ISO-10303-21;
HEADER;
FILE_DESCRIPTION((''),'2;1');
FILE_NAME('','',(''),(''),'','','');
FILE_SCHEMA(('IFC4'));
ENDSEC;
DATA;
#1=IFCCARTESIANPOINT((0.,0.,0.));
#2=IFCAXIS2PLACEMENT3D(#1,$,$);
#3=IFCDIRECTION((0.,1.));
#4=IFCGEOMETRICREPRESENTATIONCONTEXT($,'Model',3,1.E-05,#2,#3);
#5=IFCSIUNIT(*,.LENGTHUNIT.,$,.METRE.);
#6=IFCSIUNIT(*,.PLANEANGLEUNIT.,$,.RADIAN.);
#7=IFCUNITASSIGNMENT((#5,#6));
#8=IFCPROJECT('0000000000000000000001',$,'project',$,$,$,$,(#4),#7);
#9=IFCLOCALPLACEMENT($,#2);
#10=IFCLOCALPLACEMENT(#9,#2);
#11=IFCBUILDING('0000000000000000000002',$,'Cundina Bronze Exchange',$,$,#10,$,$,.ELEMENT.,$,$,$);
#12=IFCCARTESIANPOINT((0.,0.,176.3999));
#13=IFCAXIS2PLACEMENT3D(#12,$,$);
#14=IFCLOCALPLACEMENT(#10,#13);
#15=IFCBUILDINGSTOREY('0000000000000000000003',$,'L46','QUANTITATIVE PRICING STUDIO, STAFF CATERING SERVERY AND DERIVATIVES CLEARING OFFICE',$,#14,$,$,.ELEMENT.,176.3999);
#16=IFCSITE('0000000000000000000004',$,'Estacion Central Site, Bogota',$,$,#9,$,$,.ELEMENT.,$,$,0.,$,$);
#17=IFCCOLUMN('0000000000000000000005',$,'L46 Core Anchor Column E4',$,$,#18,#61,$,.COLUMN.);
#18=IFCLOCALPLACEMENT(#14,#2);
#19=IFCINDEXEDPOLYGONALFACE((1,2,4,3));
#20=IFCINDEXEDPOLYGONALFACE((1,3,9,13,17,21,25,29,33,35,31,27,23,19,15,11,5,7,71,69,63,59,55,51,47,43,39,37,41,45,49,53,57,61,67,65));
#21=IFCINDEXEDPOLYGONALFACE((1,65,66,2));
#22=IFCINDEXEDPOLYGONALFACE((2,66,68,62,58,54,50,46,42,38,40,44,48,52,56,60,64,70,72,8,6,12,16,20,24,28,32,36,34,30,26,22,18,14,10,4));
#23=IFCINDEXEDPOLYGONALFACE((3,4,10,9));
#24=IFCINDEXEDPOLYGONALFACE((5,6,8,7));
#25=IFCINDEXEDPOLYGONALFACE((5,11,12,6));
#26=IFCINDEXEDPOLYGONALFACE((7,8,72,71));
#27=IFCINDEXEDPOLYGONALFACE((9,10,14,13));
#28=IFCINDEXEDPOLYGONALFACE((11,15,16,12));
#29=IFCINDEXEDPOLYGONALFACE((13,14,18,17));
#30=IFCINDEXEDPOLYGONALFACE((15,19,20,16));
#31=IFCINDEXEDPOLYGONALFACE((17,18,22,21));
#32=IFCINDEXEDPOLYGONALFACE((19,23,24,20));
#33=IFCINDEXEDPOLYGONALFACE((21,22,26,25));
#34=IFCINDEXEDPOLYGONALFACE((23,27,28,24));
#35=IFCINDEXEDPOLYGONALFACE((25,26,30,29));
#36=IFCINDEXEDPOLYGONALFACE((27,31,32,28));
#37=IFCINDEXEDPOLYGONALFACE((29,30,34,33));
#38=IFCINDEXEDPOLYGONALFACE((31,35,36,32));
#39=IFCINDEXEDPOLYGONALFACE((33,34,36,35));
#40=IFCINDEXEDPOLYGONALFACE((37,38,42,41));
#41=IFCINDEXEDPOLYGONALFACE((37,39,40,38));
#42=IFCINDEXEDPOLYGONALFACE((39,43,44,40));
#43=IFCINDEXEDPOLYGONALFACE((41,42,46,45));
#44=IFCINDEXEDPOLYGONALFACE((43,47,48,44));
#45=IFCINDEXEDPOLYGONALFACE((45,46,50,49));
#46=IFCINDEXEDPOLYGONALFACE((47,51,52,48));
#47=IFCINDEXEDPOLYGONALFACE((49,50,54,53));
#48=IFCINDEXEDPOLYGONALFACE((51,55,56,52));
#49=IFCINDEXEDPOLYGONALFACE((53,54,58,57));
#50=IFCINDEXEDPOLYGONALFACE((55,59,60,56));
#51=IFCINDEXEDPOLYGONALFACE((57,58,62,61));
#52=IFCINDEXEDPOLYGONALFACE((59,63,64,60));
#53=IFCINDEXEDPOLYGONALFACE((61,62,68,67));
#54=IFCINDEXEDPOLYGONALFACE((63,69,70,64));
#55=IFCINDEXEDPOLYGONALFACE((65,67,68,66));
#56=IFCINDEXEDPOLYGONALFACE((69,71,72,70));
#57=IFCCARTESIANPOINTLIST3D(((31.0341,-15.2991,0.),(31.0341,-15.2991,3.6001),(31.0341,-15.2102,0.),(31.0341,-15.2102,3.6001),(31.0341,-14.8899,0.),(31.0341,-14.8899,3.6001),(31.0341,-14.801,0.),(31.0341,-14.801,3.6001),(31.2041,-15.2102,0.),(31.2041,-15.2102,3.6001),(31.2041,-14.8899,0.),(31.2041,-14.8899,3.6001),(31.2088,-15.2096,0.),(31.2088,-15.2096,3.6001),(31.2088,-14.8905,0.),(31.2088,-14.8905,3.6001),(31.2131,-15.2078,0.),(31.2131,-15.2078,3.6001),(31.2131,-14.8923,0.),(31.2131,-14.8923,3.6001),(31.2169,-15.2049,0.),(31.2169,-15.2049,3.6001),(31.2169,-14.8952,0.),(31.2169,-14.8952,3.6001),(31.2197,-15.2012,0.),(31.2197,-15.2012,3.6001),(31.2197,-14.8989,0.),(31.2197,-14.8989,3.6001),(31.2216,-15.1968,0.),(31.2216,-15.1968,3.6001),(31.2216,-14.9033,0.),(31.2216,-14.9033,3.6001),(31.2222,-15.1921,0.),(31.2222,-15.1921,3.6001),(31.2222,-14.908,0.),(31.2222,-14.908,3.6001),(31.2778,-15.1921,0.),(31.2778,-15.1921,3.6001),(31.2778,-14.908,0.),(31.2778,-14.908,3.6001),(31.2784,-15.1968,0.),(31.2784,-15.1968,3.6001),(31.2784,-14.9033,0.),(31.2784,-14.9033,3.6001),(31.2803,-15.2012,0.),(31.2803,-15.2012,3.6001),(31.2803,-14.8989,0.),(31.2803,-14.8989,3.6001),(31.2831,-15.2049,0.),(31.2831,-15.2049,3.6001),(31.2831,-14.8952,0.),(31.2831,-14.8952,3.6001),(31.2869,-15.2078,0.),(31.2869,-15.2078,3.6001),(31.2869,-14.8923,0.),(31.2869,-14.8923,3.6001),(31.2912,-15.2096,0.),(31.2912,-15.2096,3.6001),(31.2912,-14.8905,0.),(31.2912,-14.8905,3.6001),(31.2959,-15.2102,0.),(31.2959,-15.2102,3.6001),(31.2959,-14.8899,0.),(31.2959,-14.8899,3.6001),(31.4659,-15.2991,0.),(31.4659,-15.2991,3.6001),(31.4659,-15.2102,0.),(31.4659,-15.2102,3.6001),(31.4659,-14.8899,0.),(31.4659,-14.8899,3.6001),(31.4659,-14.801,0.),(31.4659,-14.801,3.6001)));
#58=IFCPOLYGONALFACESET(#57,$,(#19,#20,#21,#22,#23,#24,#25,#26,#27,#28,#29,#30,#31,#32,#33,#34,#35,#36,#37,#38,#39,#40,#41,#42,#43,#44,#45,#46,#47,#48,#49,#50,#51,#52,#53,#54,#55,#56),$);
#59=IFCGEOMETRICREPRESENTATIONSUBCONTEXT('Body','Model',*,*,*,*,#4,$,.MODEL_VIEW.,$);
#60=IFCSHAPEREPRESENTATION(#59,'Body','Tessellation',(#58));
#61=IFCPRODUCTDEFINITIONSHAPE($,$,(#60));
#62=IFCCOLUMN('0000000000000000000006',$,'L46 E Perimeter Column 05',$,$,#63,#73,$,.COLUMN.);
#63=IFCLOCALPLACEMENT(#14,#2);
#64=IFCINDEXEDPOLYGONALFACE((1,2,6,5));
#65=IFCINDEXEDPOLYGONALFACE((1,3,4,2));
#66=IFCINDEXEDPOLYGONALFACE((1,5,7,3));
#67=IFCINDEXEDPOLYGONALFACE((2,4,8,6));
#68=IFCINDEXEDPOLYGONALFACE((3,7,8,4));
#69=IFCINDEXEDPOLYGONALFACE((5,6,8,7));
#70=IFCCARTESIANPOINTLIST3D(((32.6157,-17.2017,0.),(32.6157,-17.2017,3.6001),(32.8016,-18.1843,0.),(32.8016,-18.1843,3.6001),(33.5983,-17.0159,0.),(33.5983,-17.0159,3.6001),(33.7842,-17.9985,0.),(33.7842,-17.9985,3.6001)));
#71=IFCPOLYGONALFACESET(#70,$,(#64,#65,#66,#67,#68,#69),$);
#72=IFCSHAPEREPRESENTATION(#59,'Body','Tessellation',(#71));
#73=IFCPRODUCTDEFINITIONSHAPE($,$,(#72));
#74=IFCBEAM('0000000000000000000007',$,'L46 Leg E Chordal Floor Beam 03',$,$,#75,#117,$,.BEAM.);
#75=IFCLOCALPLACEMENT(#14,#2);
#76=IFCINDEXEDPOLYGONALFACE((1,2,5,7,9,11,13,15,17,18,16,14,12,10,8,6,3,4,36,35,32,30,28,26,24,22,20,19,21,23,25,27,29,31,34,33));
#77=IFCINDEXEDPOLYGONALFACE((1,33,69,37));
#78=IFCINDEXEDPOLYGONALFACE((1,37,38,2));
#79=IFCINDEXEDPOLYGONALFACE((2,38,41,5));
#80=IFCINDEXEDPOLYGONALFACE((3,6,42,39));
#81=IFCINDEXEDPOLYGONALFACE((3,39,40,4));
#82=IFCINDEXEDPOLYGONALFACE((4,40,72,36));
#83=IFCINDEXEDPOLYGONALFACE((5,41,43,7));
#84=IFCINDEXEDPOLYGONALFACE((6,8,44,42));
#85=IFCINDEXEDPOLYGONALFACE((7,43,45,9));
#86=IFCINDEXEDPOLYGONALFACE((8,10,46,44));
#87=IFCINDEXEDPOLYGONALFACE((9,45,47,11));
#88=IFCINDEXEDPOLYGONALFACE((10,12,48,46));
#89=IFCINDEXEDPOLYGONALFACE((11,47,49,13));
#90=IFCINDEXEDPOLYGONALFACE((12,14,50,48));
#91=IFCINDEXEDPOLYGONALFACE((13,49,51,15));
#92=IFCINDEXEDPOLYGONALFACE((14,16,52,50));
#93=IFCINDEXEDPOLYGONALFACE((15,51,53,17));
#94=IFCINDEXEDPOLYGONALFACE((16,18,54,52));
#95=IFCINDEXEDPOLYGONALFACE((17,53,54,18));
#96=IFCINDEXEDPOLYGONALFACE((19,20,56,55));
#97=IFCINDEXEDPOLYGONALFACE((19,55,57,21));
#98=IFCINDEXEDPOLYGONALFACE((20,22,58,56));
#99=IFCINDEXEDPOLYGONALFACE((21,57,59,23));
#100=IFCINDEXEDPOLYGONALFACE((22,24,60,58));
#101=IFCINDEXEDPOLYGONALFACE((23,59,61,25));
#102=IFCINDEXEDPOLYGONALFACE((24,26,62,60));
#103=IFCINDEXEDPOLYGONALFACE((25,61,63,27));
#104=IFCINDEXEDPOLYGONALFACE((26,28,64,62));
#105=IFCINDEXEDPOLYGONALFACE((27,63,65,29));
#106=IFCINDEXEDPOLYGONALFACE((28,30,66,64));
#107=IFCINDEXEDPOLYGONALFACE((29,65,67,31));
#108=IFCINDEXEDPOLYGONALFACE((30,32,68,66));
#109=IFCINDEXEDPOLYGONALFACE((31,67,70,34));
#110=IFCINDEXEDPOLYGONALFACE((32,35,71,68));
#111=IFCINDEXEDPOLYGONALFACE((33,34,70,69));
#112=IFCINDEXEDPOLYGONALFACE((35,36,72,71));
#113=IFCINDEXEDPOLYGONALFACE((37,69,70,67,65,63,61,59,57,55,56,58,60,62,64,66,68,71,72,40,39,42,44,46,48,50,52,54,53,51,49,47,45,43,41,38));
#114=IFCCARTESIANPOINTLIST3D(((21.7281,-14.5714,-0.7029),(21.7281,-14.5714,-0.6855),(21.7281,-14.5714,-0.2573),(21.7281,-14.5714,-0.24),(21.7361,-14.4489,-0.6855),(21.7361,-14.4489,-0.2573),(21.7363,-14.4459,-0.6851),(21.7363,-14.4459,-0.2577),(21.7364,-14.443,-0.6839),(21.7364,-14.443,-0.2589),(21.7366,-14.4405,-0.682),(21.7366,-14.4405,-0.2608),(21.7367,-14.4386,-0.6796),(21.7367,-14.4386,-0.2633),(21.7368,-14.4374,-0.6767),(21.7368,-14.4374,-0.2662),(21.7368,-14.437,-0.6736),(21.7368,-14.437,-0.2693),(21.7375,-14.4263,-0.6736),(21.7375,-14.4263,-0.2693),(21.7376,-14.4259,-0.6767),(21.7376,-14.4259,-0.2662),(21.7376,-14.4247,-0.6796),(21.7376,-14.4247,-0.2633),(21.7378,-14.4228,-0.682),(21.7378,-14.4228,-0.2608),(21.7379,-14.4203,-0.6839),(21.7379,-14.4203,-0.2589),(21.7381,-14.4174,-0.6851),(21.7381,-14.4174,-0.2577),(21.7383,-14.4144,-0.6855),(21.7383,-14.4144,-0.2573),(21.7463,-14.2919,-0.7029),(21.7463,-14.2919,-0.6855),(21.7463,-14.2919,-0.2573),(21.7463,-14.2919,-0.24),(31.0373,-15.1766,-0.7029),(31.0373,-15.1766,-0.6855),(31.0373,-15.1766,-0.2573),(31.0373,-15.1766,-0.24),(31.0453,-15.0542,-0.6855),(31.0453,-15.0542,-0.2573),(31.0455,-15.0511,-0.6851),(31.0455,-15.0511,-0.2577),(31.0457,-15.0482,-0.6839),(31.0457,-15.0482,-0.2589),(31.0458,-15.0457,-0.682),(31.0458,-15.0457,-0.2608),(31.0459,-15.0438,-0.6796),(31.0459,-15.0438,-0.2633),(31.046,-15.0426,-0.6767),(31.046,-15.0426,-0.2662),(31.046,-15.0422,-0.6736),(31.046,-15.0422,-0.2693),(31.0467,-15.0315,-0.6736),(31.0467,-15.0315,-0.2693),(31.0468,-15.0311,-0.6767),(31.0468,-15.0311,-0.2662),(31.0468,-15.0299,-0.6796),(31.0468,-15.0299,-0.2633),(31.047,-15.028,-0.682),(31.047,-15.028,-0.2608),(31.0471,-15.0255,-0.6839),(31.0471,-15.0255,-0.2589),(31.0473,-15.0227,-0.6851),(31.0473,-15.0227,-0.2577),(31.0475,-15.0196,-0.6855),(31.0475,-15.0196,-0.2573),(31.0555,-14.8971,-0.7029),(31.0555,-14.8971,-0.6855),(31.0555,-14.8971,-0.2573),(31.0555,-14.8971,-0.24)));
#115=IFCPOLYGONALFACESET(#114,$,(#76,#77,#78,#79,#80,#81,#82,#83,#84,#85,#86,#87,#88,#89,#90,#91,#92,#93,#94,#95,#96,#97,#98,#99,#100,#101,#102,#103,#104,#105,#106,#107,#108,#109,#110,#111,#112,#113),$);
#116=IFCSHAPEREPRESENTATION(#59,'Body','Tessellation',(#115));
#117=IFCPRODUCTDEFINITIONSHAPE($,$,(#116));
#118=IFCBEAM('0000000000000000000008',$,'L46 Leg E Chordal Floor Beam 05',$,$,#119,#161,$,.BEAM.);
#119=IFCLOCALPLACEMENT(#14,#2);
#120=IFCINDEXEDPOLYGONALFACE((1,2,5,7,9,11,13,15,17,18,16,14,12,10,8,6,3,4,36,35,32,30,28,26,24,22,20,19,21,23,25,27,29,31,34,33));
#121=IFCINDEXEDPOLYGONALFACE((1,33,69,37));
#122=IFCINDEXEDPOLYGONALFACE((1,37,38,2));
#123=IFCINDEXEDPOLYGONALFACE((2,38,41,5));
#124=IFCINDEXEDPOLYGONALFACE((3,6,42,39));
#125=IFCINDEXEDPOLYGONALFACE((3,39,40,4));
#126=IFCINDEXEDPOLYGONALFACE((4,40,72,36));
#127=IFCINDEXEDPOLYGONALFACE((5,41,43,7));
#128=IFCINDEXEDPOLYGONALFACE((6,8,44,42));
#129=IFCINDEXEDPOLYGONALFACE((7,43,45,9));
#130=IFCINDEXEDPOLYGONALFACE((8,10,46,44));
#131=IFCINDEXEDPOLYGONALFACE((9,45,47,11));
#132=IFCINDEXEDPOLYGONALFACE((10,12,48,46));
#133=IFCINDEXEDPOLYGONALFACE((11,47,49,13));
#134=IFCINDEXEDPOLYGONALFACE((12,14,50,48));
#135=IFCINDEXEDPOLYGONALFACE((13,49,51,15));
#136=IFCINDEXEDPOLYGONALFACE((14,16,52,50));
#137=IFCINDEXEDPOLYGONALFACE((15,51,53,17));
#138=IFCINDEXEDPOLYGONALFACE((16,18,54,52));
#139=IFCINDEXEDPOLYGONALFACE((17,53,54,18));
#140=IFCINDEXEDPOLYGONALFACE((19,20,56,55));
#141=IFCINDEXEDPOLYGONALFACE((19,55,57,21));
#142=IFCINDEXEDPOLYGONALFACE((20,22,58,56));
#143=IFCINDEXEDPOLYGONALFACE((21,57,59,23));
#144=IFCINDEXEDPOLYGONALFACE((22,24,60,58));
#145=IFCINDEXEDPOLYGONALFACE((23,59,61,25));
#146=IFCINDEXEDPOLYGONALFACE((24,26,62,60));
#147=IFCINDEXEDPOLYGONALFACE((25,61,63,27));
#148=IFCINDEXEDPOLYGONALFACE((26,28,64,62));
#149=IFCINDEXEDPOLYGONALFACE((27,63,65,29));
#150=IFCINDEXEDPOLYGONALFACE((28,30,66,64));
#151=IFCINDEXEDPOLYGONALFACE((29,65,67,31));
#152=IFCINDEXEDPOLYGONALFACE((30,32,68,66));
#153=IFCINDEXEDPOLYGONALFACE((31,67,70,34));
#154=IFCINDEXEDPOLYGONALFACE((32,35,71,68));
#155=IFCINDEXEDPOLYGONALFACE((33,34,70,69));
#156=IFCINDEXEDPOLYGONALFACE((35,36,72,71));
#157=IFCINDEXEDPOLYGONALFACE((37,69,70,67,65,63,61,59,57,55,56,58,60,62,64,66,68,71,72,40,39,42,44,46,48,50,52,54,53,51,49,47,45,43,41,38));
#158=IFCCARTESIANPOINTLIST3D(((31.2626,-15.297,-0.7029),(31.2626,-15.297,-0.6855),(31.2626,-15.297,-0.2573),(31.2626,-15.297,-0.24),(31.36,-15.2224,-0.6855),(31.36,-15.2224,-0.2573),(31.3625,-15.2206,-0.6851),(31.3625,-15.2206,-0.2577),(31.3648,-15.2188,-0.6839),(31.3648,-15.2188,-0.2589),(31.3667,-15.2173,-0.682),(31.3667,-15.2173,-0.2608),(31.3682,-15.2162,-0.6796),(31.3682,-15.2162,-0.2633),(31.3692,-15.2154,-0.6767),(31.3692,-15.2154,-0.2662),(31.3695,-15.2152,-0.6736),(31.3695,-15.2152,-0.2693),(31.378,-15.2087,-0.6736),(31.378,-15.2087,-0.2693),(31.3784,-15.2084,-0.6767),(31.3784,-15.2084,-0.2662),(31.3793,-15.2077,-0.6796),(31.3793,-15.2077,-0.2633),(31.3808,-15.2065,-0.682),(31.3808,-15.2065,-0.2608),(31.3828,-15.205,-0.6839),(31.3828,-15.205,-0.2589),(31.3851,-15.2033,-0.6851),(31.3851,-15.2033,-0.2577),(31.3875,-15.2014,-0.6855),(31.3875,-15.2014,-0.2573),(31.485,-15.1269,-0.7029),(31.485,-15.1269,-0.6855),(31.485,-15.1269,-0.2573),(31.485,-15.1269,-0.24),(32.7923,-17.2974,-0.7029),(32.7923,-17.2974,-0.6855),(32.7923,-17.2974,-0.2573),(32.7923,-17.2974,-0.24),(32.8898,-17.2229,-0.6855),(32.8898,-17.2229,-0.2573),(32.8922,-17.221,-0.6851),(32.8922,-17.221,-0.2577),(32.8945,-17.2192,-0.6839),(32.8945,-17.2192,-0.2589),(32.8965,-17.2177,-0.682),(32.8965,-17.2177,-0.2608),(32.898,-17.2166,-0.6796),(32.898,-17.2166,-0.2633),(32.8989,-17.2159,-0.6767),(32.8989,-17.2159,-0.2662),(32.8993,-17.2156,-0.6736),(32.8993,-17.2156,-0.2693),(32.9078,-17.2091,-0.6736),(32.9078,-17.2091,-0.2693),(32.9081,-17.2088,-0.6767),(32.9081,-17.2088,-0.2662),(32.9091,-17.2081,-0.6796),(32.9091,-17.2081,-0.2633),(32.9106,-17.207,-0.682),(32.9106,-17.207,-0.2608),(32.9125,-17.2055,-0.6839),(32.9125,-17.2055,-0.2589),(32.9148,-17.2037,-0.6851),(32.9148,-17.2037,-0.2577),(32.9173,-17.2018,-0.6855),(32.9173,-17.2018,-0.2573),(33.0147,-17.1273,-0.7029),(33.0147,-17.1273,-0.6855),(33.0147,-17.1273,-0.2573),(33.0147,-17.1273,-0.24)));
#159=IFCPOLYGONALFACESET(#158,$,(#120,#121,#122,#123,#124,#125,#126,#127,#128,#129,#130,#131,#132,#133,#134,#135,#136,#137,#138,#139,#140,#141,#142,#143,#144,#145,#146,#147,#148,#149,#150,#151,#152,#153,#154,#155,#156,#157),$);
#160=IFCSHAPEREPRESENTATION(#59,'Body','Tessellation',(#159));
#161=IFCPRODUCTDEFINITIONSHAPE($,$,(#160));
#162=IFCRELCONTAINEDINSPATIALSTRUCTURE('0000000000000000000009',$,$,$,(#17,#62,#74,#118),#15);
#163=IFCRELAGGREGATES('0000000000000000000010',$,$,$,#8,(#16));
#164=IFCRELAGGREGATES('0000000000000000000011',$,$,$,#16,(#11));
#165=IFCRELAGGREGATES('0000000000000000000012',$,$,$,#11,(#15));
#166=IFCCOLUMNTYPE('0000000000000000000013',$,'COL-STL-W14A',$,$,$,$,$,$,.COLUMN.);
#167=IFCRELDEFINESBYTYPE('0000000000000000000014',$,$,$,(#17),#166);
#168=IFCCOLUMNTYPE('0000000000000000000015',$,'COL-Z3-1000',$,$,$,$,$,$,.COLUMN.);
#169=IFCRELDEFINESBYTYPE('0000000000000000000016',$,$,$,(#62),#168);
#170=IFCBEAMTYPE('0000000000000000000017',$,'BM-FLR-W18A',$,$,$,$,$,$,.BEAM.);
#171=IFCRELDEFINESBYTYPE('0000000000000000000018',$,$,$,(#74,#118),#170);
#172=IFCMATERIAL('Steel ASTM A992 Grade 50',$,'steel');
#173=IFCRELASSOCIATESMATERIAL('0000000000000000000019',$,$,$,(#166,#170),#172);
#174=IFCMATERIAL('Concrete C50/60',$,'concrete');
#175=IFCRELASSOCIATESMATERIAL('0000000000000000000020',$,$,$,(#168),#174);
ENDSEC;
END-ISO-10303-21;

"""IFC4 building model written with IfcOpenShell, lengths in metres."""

from ifc_helpers import new_model, si_unit, direction, frame, origin, origin_2d, place, context, subcontext, project, spatial, rectangle, i_section, extrude, material, material_profile, profile_set, type_object, element, save


model = new_model("IFC4")

# Units and contexts
model_context = context("Model", 3, precision=1e-05, world=origin(), true_north=direction((0.0, 1.0)))
body_context = subcontext(model_context, "Body", "Model", "MODEL_VIEW")
ifc_project = project(units=[si_unit("LENGTHUNIT", "METRE"), si_unit("PLANEANGLEUNIT", "RADIAN")], contexts=[model_context])

# Site, building, storey
site_placement = place(None, origin())
site = spatial("IfcSite", under=ifc_project, at=site_placement, Name="Estacion Central Site, Bogota", CompositionType="ELEMENT", RefElevation=0.0)
building_placement = place(site_placement, origin())
building = spatial("IfcBuilding", under=site, at=building_placement, Name="Cundina Bronze Exchange", CompositionType="ELEMENT")
storey_placement = place(building_placement, frame((0.0, 0.0, 176.3999)))
storey = spatial("IfcBuildingStorey", under=building, at=storey_placement, Name="L46", Description="QUANTITATIVE PRICING STUDIO, STAFF CATERING SERVERY AND DERIVATIVES CLEARING OFFICE", CompositionType="ELEMENT", Elevation=176.3999)

# Columns
ifc_material_1 = material(Name="Steel ASTM A992 Grade 50", Category="steel")
ifc_material_profile_1 = material_profile(ifc_material_1, i_section(OverallWidth=0.4319, OverallDepth=0.498, WebThickness=0.0557, FlangeThickness=0.0889, FilletRadius=0.0181, at=origin_2d()), Name="W14X500", Category="steel")
ifc_profile_set_1 = profile_set([ifc_material_profile_1], Name="Steel ASTM A992 Grade 50")
column_type_1 = type_object("IfcColumnType", Name="COL-STL-W14A", PredefinedType="COLUMN", material=ifc_profile_set_1)
column_1_placement = place(storey_placement, frame((31.25, -15.05, 0.0), z_axis=(0.0, 0.0, 1.0), x_axis=(1.0, 0.0, 0.0)))
element("IfcColumn", 1, at=column_1_placement, inside=storey, type_object=column_type_1, Name="L46 Core Anchor Column E4", PredefinedType="COLUMN", context=body_context, shape_type="SweptSolid", body=[
    extrude(i_section(OverallWidth=0.4319, OverallDepth=0.498, WebThickness=0.0557, FlangeThickness=0.0889, FilletRadius=0.0181, at=origin_2d()), origin(), (0.0, 0.0, 1.0), 3.6001),
])
ifc_material_2 = material(Name="Concrete C50/60", Category="concrete")
ifc_material_profile_2 = material_profile(ifc_material_2, rectangle(XDim=1.0, YDim=1.0, at=origin_2d()), Name="RC1000X1000", Category="concrete")
ifc_profile_set_2 = profile_set([ifc_material_profile_2], Name="Concrete C50/60")
column_type_2 = type_object("IfcColumnType", Name="COL-Z3-1000", PredefinedType="COLUMN", material=ifc_profile_set_2)
column_2_placement = place(storey_placement, frame((33.2, -17.6001, 0.0), z_axis=(0.0, 0.0, 1.0), x_axis=(0.98258, 0.185838, 0.0)))
element("IfcColumn", 2, at=column_2_placement, inside=storey, type_object=column_type_2, Name="L46 E Perimeter Column 05", PredefinedType="COLUMN", context=body_context, shape_type="SweptSolid", body=[
    extrude(rectangle(XDim=1.0, YDim=1.0, at=origin_2d()), origin(), (0.0, 0.0, 1.0), 3.6001),
])

# Beams
ifc_material_profile_3 = material_profile(ifc_material_1, i_section(OverallWidth=0.28, OverallDepth=0.4629, WebThickness=0.0107, FlangeThickness=0.0173, FilletRadius=0.012, at=origin_2d()), Name="W18X76", Category="steel")
ifc_profile_set_3 = profile_set([ifc_material_profile_3], Name="Steel ASTM A992 Grade 50")
beam_type_1 = type_object("IfcBeamType", Name="BM-FLR-W18A", PredefinedType="BEAM", material=ifc_profile_set_3)
beam_1_placement = place(storey_placement, frame((31.0464, -15.0369, -0.4714), z_axis=(-0.997893, 0.064876, 0.0), x_axis=(-0.064876, -0.997893, 0.0)))
element("IfcBeam", 3, at=beam_1_placement, inside=storey, type_object=beam_type_1, Name="L46 Leg E Chordal Floor Beam 03", PredefinedType="BEAM", context=body_context, shape_type="SweptSolid", body=[
    extrude(i_section(OverallWidth=0.28, OverallDepth=0.4629, WebThickness=0.0107, FlangeThickness=0.0173, FilletRadius=0.012, at=origin_2d()), origin(), (0.0, 0.0, 1.0), 9.3289),
])
beam_2_placement = place(storey_placement, frame((31.3738, -15.2119, -0.4714), z_axis=(0.60745, -0.794358, 0.0), x_axis=(0.794358, 0.60745, 0.0)))
element("IfcBeam", 4, at=beam_2_placement, inside=storey, type_object=beam_type_1, Name="L46 Leg E Chordal Floor Beam 05", PredefinedType="BEAM", context=body_context, shape_type="SweptSolid", body=[
    extrude(i_section(OverallWidth=0.28, OverallDepth=0.4629, WebThickness=0.0107, FlangeThickness=0.0173, FilletRadius=0.012, at=origin_2d()), origin(), (0.0, 0.0, 1.0), 2.5183),
])

save(model, "model.ifc")
